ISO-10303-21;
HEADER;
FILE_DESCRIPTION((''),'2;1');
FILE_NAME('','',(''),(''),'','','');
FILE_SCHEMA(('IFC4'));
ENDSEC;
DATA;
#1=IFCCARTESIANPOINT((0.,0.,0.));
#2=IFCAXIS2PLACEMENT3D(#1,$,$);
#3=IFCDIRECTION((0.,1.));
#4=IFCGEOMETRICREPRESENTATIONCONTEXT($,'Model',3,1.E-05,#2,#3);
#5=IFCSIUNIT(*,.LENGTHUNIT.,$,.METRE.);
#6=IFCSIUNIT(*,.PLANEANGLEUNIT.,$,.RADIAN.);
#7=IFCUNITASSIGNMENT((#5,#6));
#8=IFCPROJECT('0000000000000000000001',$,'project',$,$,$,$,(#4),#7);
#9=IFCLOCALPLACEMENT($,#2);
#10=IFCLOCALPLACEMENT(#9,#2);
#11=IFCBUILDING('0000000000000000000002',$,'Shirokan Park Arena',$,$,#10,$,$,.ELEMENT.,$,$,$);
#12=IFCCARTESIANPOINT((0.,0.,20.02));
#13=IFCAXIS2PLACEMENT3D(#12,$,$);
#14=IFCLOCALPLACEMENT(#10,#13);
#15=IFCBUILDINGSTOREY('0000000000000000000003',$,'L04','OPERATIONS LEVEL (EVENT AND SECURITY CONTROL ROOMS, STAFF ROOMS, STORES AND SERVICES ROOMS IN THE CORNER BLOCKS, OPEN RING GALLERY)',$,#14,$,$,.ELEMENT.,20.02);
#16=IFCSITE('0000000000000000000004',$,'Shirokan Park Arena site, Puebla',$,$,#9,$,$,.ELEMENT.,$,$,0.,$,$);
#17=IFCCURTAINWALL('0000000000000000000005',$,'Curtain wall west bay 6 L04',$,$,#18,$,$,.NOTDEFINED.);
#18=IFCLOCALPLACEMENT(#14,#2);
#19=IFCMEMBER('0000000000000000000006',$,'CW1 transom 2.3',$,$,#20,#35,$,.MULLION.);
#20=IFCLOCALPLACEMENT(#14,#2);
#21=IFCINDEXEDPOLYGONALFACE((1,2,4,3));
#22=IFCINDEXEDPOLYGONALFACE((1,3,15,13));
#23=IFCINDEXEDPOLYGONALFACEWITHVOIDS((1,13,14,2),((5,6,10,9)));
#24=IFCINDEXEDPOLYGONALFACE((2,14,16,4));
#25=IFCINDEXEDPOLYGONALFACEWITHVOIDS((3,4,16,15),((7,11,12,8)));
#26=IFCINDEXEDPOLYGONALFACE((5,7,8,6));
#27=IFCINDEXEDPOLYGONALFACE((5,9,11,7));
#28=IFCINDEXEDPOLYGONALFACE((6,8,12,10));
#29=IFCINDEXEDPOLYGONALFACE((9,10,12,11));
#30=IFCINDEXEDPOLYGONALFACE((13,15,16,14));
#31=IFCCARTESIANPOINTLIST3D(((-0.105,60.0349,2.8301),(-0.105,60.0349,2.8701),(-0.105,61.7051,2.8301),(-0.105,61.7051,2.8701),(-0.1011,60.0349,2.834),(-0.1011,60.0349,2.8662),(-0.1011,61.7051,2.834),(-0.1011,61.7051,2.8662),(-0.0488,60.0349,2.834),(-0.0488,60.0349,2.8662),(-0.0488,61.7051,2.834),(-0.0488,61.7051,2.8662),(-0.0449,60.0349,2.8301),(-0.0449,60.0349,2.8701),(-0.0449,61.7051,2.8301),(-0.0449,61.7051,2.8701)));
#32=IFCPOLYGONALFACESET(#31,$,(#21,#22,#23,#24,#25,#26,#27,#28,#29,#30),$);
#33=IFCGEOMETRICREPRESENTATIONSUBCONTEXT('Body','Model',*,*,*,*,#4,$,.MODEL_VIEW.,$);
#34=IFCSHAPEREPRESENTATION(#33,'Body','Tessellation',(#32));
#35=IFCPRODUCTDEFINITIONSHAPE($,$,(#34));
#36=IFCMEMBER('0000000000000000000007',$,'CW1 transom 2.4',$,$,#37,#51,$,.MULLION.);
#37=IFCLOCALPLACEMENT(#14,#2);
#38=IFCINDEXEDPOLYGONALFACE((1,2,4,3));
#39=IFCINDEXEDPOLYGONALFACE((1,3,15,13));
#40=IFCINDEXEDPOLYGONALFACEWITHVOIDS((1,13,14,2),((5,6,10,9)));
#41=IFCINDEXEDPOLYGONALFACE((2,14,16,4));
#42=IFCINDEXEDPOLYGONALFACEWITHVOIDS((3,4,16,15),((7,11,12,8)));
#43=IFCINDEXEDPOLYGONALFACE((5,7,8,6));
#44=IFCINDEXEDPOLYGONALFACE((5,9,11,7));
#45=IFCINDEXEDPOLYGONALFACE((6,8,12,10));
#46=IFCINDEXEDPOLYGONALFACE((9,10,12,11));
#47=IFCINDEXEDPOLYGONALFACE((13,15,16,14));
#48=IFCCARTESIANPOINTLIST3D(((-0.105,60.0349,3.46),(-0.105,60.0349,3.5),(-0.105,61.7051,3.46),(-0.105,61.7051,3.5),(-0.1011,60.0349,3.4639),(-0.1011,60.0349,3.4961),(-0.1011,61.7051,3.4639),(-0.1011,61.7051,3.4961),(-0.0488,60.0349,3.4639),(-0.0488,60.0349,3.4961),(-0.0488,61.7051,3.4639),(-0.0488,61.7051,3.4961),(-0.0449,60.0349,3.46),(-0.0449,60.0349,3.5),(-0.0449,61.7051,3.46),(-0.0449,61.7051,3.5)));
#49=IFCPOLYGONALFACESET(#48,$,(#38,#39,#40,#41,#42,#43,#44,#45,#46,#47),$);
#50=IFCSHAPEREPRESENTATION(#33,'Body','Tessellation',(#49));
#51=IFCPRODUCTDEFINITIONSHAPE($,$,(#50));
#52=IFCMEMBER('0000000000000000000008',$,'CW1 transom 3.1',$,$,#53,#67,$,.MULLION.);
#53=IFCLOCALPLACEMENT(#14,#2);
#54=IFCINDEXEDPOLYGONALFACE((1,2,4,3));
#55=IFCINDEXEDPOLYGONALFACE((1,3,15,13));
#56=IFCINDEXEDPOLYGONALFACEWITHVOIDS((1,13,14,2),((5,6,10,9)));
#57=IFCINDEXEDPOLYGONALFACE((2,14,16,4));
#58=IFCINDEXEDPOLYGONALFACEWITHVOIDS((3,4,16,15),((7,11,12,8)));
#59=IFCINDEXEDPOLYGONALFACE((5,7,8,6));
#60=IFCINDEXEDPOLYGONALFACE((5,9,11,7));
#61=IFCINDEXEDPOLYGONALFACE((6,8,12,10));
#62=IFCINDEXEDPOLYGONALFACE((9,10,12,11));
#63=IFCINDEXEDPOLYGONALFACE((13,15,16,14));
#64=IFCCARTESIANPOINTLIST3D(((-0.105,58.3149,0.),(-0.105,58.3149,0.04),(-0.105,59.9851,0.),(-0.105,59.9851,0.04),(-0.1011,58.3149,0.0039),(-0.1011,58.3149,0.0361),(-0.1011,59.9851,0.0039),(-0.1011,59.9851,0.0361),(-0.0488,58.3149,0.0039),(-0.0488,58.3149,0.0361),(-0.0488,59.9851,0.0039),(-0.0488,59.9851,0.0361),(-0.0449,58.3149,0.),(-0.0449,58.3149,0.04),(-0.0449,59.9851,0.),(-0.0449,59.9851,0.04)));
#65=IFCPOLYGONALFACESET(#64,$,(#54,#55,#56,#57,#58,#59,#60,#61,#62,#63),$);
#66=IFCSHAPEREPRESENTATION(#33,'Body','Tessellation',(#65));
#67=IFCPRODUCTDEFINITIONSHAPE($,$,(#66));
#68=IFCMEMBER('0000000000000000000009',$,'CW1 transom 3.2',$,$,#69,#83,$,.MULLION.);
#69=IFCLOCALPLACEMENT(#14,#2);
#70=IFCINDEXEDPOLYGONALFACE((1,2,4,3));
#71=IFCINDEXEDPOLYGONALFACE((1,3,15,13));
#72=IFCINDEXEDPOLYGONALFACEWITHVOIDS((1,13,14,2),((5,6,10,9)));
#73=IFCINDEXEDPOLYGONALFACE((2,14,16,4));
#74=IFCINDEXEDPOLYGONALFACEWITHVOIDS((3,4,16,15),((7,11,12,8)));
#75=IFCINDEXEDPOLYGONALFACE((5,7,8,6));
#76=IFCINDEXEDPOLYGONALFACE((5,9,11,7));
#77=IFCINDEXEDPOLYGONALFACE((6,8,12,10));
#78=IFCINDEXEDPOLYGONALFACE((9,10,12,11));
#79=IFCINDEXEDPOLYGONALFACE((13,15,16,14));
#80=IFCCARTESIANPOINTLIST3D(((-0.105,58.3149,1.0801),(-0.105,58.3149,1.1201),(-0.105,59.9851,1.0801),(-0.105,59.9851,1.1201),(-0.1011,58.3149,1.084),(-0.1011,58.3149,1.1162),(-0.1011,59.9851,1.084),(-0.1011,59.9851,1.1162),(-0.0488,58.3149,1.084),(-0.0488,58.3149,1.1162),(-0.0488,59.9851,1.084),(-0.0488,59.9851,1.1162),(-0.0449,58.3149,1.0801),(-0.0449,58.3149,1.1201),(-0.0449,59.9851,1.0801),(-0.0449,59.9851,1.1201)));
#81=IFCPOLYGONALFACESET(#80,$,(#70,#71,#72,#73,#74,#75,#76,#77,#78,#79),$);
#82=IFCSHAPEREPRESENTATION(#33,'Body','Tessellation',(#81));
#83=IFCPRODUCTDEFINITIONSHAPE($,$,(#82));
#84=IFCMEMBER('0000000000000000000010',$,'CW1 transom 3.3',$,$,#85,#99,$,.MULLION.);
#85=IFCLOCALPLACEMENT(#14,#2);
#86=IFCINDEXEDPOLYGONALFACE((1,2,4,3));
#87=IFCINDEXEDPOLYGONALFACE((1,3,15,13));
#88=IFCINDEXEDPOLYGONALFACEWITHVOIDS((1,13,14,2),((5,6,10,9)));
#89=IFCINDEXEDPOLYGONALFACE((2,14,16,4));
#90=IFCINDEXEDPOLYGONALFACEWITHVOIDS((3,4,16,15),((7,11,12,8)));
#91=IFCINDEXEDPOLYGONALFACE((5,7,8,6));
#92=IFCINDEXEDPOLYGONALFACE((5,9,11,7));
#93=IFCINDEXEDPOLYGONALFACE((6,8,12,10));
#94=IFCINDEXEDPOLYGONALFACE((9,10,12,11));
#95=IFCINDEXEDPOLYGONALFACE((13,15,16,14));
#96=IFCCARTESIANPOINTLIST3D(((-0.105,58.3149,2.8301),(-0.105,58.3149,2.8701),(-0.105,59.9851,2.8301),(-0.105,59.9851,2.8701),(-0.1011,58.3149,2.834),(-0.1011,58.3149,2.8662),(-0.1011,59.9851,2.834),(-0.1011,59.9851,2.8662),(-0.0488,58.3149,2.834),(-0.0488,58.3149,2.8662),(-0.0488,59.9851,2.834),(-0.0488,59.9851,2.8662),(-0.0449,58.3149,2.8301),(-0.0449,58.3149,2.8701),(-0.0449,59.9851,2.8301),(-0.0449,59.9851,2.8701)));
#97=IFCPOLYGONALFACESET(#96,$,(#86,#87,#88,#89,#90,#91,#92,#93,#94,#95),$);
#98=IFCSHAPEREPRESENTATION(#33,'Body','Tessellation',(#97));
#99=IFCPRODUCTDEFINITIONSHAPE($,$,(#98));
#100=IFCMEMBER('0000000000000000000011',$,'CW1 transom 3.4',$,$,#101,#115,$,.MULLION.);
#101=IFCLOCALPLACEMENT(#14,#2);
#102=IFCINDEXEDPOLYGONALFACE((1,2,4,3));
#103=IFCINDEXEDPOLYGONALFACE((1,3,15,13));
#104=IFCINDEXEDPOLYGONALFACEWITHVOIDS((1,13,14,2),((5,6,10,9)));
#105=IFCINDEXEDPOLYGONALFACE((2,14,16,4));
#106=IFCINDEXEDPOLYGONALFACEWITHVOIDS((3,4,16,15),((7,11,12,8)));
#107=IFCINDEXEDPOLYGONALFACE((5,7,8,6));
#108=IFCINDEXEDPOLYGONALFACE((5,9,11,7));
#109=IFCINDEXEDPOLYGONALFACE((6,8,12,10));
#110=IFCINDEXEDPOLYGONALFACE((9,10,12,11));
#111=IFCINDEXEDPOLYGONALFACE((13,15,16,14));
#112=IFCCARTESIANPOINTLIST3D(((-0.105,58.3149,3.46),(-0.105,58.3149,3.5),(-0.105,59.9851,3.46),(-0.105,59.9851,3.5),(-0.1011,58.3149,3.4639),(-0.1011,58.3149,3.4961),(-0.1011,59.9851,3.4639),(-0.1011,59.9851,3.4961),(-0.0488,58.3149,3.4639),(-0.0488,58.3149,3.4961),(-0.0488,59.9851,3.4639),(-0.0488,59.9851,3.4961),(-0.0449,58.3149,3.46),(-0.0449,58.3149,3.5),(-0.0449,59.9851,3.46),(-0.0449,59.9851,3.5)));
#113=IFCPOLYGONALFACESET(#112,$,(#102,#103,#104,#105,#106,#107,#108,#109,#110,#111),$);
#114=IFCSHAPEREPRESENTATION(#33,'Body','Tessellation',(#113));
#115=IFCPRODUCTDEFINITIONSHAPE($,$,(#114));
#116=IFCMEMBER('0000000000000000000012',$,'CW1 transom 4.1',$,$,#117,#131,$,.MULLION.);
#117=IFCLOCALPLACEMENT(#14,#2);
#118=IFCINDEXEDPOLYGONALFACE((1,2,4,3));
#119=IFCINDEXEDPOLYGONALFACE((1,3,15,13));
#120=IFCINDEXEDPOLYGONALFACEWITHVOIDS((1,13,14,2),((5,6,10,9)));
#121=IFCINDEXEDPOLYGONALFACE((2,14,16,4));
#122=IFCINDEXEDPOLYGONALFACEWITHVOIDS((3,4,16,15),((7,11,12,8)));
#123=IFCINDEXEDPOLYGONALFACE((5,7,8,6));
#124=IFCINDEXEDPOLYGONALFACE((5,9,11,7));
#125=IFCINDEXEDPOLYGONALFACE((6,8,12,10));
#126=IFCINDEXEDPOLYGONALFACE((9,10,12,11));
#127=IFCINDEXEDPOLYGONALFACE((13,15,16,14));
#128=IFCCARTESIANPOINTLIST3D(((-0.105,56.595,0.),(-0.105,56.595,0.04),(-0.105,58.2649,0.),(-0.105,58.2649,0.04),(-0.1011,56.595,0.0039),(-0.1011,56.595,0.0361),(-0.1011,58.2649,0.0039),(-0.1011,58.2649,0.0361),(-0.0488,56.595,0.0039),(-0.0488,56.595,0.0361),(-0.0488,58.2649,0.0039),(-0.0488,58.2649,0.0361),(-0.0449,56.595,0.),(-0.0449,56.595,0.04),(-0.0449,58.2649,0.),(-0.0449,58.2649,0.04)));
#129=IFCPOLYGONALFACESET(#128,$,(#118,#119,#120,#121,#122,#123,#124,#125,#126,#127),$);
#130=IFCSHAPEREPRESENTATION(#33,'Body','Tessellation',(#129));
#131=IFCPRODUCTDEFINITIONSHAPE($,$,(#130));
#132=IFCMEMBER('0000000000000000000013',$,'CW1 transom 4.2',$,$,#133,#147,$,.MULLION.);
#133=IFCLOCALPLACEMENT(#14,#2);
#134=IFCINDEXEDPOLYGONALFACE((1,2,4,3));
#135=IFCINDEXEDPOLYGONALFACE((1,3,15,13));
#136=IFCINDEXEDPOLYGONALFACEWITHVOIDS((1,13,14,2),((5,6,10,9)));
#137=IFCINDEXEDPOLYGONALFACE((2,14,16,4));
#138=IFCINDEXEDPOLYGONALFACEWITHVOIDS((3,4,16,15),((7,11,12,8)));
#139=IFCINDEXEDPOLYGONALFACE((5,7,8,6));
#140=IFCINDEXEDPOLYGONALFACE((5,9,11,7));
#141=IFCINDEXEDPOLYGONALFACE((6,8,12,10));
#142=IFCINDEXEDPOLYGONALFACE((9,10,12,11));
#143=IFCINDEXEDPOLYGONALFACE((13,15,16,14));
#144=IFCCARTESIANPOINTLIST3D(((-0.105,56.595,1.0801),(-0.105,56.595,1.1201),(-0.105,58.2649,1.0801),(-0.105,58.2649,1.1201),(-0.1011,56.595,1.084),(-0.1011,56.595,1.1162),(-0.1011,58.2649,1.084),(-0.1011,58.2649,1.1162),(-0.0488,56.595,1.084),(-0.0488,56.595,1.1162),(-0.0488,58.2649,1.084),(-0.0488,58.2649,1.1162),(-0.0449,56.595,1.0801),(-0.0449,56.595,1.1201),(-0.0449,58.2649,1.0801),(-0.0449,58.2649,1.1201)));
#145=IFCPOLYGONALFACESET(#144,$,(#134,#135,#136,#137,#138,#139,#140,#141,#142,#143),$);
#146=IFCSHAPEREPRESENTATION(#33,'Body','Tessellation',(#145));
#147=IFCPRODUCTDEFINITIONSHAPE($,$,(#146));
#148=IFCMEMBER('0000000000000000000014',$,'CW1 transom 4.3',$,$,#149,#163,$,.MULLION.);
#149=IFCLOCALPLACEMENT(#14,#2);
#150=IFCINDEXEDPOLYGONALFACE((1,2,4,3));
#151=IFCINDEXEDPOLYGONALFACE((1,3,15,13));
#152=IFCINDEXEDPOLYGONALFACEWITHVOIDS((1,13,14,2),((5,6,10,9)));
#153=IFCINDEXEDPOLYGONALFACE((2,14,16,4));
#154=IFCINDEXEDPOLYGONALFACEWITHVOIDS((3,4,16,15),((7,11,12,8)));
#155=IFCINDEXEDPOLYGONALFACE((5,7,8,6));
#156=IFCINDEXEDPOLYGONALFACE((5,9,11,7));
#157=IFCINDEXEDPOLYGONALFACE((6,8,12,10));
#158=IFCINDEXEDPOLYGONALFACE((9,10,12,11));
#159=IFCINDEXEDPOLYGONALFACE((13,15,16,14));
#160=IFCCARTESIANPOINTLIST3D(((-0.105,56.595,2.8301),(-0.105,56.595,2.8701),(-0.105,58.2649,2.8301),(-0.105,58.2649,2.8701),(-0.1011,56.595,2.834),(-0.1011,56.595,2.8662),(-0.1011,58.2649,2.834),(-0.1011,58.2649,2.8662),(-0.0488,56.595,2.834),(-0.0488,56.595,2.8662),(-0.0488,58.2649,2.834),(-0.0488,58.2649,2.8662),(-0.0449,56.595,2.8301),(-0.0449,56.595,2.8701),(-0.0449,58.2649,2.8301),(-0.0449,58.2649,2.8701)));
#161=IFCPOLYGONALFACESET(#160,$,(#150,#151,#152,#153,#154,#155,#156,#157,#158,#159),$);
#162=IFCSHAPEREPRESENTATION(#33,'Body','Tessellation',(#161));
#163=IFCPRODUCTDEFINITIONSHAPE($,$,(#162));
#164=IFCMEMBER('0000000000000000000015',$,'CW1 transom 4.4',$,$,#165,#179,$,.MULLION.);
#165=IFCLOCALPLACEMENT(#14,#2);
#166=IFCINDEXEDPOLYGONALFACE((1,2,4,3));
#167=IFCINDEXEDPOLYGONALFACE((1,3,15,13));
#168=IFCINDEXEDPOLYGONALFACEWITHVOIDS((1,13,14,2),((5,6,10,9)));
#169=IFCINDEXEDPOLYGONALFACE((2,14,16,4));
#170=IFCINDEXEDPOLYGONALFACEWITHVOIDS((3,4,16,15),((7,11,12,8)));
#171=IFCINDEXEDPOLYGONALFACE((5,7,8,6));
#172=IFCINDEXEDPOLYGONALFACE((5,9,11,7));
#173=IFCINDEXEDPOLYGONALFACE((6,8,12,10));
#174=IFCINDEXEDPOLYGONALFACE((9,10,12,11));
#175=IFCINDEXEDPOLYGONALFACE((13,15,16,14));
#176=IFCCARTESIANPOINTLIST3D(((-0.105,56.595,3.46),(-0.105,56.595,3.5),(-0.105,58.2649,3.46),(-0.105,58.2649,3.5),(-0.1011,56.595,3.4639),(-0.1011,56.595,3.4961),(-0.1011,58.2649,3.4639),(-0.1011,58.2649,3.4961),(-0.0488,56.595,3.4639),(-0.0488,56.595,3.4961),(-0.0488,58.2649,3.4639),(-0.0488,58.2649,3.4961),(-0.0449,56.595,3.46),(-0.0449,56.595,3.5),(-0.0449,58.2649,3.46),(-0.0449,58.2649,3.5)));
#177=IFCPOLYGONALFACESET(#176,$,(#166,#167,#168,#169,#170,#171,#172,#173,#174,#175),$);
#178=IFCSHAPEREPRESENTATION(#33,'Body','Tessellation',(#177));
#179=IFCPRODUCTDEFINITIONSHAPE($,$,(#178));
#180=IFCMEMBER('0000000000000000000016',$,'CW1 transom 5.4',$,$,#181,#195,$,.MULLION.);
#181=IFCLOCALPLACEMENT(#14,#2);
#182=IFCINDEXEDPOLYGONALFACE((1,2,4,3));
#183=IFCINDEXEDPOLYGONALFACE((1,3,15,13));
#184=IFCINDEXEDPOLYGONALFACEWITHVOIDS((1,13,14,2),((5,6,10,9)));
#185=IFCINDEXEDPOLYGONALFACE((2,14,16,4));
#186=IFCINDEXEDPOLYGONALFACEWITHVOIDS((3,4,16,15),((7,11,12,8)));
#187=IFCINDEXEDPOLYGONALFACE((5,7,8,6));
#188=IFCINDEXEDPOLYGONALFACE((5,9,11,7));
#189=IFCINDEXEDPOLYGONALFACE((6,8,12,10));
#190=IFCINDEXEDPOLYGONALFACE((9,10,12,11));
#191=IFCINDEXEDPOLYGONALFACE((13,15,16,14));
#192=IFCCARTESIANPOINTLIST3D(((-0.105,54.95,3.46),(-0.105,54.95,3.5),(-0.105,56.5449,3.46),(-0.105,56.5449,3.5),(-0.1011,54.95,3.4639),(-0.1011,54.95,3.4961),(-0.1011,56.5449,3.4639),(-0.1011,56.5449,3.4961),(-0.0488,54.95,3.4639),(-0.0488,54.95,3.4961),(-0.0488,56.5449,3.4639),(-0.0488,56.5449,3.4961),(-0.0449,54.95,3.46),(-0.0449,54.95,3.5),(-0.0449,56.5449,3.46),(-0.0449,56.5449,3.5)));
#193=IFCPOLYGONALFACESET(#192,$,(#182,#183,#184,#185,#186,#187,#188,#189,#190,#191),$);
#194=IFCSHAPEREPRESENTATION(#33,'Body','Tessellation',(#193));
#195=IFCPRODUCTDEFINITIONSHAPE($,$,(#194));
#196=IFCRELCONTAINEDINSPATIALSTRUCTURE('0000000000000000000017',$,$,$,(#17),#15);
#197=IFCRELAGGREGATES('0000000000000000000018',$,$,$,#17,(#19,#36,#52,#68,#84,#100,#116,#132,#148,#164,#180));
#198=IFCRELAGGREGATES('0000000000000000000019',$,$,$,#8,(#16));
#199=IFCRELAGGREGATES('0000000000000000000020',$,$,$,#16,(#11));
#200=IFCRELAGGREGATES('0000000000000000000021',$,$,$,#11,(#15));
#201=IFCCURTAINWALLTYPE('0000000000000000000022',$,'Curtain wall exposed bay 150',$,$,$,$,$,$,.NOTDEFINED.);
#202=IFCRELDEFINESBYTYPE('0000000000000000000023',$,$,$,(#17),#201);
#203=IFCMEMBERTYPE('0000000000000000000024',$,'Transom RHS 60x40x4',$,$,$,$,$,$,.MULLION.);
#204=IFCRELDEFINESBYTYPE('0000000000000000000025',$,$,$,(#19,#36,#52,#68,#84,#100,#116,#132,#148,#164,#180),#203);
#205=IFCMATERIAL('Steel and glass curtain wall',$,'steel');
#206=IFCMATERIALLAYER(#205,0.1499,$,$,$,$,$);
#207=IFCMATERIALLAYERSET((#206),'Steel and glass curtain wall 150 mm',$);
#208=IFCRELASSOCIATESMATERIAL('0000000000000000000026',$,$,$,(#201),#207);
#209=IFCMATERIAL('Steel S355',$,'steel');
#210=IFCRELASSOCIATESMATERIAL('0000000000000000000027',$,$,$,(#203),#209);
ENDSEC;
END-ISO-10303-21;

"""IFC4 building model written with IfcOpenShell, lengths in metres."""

from ifc_helpers import new_model, si_unit, direction, frame, origin, origin_2d, place, context, subcontext, project, spatial, hollow_rectangle, extrude, material, layer, layer_set, material_profile, profile_set, type_object, element, aggregate, save


model = new_model("IFC4")

# Units and contexts
model_context = context("Model", 3, precision=1e-05, world=origin(), true_north=direction((0.0, 1.0)))
body_context = subcontext(model_context, "Body", "Model", "MODEL_VIEW")
ifc_project = project(units=[si_unit("LENGTHUNIT", "METRE"), si_unit("PLANEANGLEUNIT", "RADIAN")], contexts=[model_context])

# Site, building, storey
site_placement = place(None, origin())
site = spatial("IfcSite", under=ifc_project, at=site_placement, Name="Shirokan Park Arena site, Puebla", CompositionType="ELEMENT", RefElevation=0.0)
building_placement = place(site_placement, origin())
building = spatial("IfcBuilding", under=site, at=building_placement, Name="Shirokan Park Arena", CompositionType="ELEMENT")
storey_placement = place(building_placement, frame((0.0, 0.0, 20.02)))
storey = spatial("IfcBuildingStorey", under=building, at=storey_placement, Name="L04", Description="OPERATIONS LEVEL (EVENT AND SECURITY CONTROL ROOMS, STAFF ROOMS, STORES AND SERVICES ROOMS IN THE CORNER BLOCKS, OPEN RING GALLERY)", CompositionType="ELEMENT", Elevation=20.02)

# Curtain wall, members
ifc_material_1 = material(Name="Steel and glass curtain wall", Category="steel")
ifc_layer_1 = layer(ifc_material_1, 0.1499)
ifc_layer_set_1 = layer_set([ifc_layer_1], Name="Steel and glass curtain wall 150 mm")
curtain_wall_type = type_object("IfcCurtainWallType", Name="Curtain wall exposed bay 150", PredefinedType="NOTDEFINED", material=ifc_layer_set_1)
curtain_wall_placement = place(storey_placement, origin())
curtain_wall = element("IfcCurtainWall", 1, at=curtain_wall_placement, inside=storey, type_object=curtain_wall_type, Name="Curtain wall west bay 6 L04", PredefinedType="NOTDEFINED")
ifc_material_2 = material(Name="Steel S355", Category="steel")
ifc_material_profile_1 = material_profile(ifc_material_2, hollow_rectangle(XDim=0.0601, YDim=0.04, WallThickness=0.0039, at=origin_2d()), Name="RHS 60x40x4")
ifc_profile_set_1 = profile_set([ifc_material_profile_1], Name="Steel S355")
member_type_1 = type_object("IfcMemberType", Name="Transom RHS 60x40x4", PredefinedType="MULLION", material=ifc_profile_set_1)
member_1_placement = place(storey_placement, frame((-0.075, 61.7051, 2.8501), z_axis=(0.0, -1.0, 0.0), x_axis=(1.0, 0.0, 0.0)))
member_1 = element("IfcMember", 2, at=member_1_placement, type_object=member_type_1, Name="CW1 transom 2.3", PredefinedType="MULLION", context=body_context, shape_type="SweptSolid", body=[
    extrude(hollow_rectangle(XDim=0.0601, YDim=0.04, WallThickness=0.0039, at=origin_2d()), origin(), (0.0, 0.0, 1.0), 1.6702),
])
member_2_placement = place(storey_placement, frame((-0.075, 61.7051, 3.48), z_axis=(0.0, -1.0, 0.0), x_axis=(1.0, 0.0, 0.0)))
member_2 = element("IfcMember", 3, at=member_2_placement, type_object=member_type_1, Name="CW1 transom 2.4", PredefinedType="MULLION", context=body_context, shape_type="SweptSolid", body=[
    extrude(hollow_rectangle(XDim=0.0601, YDim=0.04, WallThickness=0.0039, at=origin_2d()), origin(), (0.0, 0.0, 1.0), 1.6702),
])
member_3_placement = place(storey_placement, frame((-0.075, 59.9851, 0.02), z_axis=(0.0, -1.0, 0.0), x_axis=(1.0, 0.0, 0.0)))
member_3 = element("IfcMember", 4, at=member_3_placement, type_object=member_type_1, Name="CW1 transom 3.1", PredefinedType="MULLION", context=body_context, shape_type="SweptSolid", body=[
    extrude(hollow_rectangle(XDim=0.0601, YDim=0.04, WallThickness=0.0039, at=origin_2d()), origin(), (0.0, 0.0, 1.0), 1.6702),
])
member_4_placement = place(storey_placement, frame((-0.075, 59.9851, 1.1001), z_axis=(0.0, -1.0, 0.0), x_axis=(1.0, 0.0, 0.0)))
member_4 = element("IfcMember", 5, at=member_4_placement, type_object=member_type_1, Name="CW1 transom 3.2", PredefinedType="MULLION", context=body_context, shape_type="SweptSolid", body=[
    extrude(hollow_rectangle(XDim=0.0601, YDim=0.04, WallThickness=0.0039, at=origin_2d()), origin(), (0.0, 0.0, 1.0), 1.6702),
])
member_5_placement = place(storey_placement, frame((-0.075, 59.9851, 2.8501), z_axis=(0.0, -1.0, 0.0), x_axis=(1.0, 0.0, 0.0)))
member_5 = element("IfcMember", 6, at=member_5_placement, type_object=member_type_1, Name="CW1 transom 3.3", PredefinedType="MULLION", context=body_context, shape_type="SweptSolid", body=[
    extrude(hollow_rectangle(XDim=0.0601, YDim=0.04, WallThickness=0.0039, at=origin_2d()), origin(), (0.0, 0.0, 1.0), 1.6702),
])
member_6_placement = place(storey_placement, frame((-0.075, 59.9851, 3.48), z_axis=(0.0, -1.0, 0.0), x_axis=(1.0, 0.0, 0.0)))
member_6 = element("IfcMember", 7, at=member_6_placement, type_object=member_type_1, Name="CW1 transom 3.4", PredefinedType="MULLION", context=body_context, shape_type="SweptSolid", body=[
    extrude(hollow_rectangle(XDim=0.0601, YDim=0.04, WallThickness=0.0039, at=origin_2d()), origin(), (0.0, 0.0, 1.0), 1.6702),
])
member_7_placement = place(storey_placement, frame((-0.075, 58.2649, 0.02), z_axis=(0.0, -1.0, 0.0), x_axis=(1.0, 0.0, 0.0)))
member_7 = element("IfcMember", 8, at=member_7_placement, type_object=member_type_1, Name="CW1 transom 4.1", PredefinedType="MULLION", context=body_context, shape_type="SweptSolid", body=[
    extrude(hollow_rectangle(XDim=0.0601, YDim=0.04, WallThickness=0.0039, at=origin_2d()), origin(), (0.0, 0.0, 1.0), 1.6699),
])
member_8_placement = place(storey_placement, frame((-0.075, 58.2649, 1.1001), z_axis=(0.0, -1.0, 0.0), x_axis=(1.0, 0.0, 0.0)))
member_8 = element("IfcMember", 9, at=member_8_placement, type_object=member_type_1, Name="CW1 transom 4.2", PredefinedType="MULLION", context=body_context, shape_type="SweptSolid", body=[
    extrude(hollow_rectangle(XDim=0.0601, YDim=0.04, WallThickness=0.0039, at=origin_2d()), origin(), (0.0, 0.0, 1.0), 1.6699),
])
member_9_placement = place(storey_placement, frame((-0.075, 58.2649, 2.8501), z_axis=(0.0, -1.0, 0.0), x_axis=(1.0, 0.0, 0.0)))
member_9 = element("IfcMember", 10, at=member_9_placement, type_object=member_type_1, Name="CW1 transom 4.3", PredefinedType="MULLION", context=body_context, shape_type="SweptSolid", body=[
    extrude(hollow_rectangle(XDim=0.0601, YDim=0.04, WallThickness=0.0039, at=origin_2d()), origin(), (0.0, 0.0, 1.0), 1.6699),
])
member_10_placement = place(storey_placement, frame((-0.075, 58.2649, 3.48), z_axis=(0.0, -1.0, 0.0), x_axis=(1.0, 0.0, 0.0)))
member_10 = element("IfcMember", 11, at=member_10_placement, type_object=member_type_1, Name="CW1 transom 4.4", PredefinedType="MULLION", context=body_context, shape_type="SweptSolid", body=[
    extrude(hollow_rectangle(XDim=0.0601, YDim=0.04, WallThickness=0.0039, at=origin_2d()), origin(), (0.0, 0.0, 1.0), 1.6699),
])
member_11_placement = place(storey_placement, frame((-0.075, 56.5449, 3.48), z_axis=(0.0, -1.0, 0.0), x_axis=(1.0, 0.0, 0.0)))
member_11 = element("IfcMember", 12, at=member_11_placement, type_object=member_type_1, Name="CW1 transom 5.4", PredefinedType="MULLION", context=body_context, shape_type="SweptSolid", body=[
    extrude(hollow_rectangle(XDim=0.0601, YDim=0.04, WallThickness=0.0039, at=origin_2d()), origin(), (0.0, 0.0, 1.0), 1.595),
])
aggregate(curtain_wall, [member_1, member_2, member_3, member_4, member_5, member_6, member_7, member_8, member_9, member_10, member_11])

save(model, "model.ifc")
